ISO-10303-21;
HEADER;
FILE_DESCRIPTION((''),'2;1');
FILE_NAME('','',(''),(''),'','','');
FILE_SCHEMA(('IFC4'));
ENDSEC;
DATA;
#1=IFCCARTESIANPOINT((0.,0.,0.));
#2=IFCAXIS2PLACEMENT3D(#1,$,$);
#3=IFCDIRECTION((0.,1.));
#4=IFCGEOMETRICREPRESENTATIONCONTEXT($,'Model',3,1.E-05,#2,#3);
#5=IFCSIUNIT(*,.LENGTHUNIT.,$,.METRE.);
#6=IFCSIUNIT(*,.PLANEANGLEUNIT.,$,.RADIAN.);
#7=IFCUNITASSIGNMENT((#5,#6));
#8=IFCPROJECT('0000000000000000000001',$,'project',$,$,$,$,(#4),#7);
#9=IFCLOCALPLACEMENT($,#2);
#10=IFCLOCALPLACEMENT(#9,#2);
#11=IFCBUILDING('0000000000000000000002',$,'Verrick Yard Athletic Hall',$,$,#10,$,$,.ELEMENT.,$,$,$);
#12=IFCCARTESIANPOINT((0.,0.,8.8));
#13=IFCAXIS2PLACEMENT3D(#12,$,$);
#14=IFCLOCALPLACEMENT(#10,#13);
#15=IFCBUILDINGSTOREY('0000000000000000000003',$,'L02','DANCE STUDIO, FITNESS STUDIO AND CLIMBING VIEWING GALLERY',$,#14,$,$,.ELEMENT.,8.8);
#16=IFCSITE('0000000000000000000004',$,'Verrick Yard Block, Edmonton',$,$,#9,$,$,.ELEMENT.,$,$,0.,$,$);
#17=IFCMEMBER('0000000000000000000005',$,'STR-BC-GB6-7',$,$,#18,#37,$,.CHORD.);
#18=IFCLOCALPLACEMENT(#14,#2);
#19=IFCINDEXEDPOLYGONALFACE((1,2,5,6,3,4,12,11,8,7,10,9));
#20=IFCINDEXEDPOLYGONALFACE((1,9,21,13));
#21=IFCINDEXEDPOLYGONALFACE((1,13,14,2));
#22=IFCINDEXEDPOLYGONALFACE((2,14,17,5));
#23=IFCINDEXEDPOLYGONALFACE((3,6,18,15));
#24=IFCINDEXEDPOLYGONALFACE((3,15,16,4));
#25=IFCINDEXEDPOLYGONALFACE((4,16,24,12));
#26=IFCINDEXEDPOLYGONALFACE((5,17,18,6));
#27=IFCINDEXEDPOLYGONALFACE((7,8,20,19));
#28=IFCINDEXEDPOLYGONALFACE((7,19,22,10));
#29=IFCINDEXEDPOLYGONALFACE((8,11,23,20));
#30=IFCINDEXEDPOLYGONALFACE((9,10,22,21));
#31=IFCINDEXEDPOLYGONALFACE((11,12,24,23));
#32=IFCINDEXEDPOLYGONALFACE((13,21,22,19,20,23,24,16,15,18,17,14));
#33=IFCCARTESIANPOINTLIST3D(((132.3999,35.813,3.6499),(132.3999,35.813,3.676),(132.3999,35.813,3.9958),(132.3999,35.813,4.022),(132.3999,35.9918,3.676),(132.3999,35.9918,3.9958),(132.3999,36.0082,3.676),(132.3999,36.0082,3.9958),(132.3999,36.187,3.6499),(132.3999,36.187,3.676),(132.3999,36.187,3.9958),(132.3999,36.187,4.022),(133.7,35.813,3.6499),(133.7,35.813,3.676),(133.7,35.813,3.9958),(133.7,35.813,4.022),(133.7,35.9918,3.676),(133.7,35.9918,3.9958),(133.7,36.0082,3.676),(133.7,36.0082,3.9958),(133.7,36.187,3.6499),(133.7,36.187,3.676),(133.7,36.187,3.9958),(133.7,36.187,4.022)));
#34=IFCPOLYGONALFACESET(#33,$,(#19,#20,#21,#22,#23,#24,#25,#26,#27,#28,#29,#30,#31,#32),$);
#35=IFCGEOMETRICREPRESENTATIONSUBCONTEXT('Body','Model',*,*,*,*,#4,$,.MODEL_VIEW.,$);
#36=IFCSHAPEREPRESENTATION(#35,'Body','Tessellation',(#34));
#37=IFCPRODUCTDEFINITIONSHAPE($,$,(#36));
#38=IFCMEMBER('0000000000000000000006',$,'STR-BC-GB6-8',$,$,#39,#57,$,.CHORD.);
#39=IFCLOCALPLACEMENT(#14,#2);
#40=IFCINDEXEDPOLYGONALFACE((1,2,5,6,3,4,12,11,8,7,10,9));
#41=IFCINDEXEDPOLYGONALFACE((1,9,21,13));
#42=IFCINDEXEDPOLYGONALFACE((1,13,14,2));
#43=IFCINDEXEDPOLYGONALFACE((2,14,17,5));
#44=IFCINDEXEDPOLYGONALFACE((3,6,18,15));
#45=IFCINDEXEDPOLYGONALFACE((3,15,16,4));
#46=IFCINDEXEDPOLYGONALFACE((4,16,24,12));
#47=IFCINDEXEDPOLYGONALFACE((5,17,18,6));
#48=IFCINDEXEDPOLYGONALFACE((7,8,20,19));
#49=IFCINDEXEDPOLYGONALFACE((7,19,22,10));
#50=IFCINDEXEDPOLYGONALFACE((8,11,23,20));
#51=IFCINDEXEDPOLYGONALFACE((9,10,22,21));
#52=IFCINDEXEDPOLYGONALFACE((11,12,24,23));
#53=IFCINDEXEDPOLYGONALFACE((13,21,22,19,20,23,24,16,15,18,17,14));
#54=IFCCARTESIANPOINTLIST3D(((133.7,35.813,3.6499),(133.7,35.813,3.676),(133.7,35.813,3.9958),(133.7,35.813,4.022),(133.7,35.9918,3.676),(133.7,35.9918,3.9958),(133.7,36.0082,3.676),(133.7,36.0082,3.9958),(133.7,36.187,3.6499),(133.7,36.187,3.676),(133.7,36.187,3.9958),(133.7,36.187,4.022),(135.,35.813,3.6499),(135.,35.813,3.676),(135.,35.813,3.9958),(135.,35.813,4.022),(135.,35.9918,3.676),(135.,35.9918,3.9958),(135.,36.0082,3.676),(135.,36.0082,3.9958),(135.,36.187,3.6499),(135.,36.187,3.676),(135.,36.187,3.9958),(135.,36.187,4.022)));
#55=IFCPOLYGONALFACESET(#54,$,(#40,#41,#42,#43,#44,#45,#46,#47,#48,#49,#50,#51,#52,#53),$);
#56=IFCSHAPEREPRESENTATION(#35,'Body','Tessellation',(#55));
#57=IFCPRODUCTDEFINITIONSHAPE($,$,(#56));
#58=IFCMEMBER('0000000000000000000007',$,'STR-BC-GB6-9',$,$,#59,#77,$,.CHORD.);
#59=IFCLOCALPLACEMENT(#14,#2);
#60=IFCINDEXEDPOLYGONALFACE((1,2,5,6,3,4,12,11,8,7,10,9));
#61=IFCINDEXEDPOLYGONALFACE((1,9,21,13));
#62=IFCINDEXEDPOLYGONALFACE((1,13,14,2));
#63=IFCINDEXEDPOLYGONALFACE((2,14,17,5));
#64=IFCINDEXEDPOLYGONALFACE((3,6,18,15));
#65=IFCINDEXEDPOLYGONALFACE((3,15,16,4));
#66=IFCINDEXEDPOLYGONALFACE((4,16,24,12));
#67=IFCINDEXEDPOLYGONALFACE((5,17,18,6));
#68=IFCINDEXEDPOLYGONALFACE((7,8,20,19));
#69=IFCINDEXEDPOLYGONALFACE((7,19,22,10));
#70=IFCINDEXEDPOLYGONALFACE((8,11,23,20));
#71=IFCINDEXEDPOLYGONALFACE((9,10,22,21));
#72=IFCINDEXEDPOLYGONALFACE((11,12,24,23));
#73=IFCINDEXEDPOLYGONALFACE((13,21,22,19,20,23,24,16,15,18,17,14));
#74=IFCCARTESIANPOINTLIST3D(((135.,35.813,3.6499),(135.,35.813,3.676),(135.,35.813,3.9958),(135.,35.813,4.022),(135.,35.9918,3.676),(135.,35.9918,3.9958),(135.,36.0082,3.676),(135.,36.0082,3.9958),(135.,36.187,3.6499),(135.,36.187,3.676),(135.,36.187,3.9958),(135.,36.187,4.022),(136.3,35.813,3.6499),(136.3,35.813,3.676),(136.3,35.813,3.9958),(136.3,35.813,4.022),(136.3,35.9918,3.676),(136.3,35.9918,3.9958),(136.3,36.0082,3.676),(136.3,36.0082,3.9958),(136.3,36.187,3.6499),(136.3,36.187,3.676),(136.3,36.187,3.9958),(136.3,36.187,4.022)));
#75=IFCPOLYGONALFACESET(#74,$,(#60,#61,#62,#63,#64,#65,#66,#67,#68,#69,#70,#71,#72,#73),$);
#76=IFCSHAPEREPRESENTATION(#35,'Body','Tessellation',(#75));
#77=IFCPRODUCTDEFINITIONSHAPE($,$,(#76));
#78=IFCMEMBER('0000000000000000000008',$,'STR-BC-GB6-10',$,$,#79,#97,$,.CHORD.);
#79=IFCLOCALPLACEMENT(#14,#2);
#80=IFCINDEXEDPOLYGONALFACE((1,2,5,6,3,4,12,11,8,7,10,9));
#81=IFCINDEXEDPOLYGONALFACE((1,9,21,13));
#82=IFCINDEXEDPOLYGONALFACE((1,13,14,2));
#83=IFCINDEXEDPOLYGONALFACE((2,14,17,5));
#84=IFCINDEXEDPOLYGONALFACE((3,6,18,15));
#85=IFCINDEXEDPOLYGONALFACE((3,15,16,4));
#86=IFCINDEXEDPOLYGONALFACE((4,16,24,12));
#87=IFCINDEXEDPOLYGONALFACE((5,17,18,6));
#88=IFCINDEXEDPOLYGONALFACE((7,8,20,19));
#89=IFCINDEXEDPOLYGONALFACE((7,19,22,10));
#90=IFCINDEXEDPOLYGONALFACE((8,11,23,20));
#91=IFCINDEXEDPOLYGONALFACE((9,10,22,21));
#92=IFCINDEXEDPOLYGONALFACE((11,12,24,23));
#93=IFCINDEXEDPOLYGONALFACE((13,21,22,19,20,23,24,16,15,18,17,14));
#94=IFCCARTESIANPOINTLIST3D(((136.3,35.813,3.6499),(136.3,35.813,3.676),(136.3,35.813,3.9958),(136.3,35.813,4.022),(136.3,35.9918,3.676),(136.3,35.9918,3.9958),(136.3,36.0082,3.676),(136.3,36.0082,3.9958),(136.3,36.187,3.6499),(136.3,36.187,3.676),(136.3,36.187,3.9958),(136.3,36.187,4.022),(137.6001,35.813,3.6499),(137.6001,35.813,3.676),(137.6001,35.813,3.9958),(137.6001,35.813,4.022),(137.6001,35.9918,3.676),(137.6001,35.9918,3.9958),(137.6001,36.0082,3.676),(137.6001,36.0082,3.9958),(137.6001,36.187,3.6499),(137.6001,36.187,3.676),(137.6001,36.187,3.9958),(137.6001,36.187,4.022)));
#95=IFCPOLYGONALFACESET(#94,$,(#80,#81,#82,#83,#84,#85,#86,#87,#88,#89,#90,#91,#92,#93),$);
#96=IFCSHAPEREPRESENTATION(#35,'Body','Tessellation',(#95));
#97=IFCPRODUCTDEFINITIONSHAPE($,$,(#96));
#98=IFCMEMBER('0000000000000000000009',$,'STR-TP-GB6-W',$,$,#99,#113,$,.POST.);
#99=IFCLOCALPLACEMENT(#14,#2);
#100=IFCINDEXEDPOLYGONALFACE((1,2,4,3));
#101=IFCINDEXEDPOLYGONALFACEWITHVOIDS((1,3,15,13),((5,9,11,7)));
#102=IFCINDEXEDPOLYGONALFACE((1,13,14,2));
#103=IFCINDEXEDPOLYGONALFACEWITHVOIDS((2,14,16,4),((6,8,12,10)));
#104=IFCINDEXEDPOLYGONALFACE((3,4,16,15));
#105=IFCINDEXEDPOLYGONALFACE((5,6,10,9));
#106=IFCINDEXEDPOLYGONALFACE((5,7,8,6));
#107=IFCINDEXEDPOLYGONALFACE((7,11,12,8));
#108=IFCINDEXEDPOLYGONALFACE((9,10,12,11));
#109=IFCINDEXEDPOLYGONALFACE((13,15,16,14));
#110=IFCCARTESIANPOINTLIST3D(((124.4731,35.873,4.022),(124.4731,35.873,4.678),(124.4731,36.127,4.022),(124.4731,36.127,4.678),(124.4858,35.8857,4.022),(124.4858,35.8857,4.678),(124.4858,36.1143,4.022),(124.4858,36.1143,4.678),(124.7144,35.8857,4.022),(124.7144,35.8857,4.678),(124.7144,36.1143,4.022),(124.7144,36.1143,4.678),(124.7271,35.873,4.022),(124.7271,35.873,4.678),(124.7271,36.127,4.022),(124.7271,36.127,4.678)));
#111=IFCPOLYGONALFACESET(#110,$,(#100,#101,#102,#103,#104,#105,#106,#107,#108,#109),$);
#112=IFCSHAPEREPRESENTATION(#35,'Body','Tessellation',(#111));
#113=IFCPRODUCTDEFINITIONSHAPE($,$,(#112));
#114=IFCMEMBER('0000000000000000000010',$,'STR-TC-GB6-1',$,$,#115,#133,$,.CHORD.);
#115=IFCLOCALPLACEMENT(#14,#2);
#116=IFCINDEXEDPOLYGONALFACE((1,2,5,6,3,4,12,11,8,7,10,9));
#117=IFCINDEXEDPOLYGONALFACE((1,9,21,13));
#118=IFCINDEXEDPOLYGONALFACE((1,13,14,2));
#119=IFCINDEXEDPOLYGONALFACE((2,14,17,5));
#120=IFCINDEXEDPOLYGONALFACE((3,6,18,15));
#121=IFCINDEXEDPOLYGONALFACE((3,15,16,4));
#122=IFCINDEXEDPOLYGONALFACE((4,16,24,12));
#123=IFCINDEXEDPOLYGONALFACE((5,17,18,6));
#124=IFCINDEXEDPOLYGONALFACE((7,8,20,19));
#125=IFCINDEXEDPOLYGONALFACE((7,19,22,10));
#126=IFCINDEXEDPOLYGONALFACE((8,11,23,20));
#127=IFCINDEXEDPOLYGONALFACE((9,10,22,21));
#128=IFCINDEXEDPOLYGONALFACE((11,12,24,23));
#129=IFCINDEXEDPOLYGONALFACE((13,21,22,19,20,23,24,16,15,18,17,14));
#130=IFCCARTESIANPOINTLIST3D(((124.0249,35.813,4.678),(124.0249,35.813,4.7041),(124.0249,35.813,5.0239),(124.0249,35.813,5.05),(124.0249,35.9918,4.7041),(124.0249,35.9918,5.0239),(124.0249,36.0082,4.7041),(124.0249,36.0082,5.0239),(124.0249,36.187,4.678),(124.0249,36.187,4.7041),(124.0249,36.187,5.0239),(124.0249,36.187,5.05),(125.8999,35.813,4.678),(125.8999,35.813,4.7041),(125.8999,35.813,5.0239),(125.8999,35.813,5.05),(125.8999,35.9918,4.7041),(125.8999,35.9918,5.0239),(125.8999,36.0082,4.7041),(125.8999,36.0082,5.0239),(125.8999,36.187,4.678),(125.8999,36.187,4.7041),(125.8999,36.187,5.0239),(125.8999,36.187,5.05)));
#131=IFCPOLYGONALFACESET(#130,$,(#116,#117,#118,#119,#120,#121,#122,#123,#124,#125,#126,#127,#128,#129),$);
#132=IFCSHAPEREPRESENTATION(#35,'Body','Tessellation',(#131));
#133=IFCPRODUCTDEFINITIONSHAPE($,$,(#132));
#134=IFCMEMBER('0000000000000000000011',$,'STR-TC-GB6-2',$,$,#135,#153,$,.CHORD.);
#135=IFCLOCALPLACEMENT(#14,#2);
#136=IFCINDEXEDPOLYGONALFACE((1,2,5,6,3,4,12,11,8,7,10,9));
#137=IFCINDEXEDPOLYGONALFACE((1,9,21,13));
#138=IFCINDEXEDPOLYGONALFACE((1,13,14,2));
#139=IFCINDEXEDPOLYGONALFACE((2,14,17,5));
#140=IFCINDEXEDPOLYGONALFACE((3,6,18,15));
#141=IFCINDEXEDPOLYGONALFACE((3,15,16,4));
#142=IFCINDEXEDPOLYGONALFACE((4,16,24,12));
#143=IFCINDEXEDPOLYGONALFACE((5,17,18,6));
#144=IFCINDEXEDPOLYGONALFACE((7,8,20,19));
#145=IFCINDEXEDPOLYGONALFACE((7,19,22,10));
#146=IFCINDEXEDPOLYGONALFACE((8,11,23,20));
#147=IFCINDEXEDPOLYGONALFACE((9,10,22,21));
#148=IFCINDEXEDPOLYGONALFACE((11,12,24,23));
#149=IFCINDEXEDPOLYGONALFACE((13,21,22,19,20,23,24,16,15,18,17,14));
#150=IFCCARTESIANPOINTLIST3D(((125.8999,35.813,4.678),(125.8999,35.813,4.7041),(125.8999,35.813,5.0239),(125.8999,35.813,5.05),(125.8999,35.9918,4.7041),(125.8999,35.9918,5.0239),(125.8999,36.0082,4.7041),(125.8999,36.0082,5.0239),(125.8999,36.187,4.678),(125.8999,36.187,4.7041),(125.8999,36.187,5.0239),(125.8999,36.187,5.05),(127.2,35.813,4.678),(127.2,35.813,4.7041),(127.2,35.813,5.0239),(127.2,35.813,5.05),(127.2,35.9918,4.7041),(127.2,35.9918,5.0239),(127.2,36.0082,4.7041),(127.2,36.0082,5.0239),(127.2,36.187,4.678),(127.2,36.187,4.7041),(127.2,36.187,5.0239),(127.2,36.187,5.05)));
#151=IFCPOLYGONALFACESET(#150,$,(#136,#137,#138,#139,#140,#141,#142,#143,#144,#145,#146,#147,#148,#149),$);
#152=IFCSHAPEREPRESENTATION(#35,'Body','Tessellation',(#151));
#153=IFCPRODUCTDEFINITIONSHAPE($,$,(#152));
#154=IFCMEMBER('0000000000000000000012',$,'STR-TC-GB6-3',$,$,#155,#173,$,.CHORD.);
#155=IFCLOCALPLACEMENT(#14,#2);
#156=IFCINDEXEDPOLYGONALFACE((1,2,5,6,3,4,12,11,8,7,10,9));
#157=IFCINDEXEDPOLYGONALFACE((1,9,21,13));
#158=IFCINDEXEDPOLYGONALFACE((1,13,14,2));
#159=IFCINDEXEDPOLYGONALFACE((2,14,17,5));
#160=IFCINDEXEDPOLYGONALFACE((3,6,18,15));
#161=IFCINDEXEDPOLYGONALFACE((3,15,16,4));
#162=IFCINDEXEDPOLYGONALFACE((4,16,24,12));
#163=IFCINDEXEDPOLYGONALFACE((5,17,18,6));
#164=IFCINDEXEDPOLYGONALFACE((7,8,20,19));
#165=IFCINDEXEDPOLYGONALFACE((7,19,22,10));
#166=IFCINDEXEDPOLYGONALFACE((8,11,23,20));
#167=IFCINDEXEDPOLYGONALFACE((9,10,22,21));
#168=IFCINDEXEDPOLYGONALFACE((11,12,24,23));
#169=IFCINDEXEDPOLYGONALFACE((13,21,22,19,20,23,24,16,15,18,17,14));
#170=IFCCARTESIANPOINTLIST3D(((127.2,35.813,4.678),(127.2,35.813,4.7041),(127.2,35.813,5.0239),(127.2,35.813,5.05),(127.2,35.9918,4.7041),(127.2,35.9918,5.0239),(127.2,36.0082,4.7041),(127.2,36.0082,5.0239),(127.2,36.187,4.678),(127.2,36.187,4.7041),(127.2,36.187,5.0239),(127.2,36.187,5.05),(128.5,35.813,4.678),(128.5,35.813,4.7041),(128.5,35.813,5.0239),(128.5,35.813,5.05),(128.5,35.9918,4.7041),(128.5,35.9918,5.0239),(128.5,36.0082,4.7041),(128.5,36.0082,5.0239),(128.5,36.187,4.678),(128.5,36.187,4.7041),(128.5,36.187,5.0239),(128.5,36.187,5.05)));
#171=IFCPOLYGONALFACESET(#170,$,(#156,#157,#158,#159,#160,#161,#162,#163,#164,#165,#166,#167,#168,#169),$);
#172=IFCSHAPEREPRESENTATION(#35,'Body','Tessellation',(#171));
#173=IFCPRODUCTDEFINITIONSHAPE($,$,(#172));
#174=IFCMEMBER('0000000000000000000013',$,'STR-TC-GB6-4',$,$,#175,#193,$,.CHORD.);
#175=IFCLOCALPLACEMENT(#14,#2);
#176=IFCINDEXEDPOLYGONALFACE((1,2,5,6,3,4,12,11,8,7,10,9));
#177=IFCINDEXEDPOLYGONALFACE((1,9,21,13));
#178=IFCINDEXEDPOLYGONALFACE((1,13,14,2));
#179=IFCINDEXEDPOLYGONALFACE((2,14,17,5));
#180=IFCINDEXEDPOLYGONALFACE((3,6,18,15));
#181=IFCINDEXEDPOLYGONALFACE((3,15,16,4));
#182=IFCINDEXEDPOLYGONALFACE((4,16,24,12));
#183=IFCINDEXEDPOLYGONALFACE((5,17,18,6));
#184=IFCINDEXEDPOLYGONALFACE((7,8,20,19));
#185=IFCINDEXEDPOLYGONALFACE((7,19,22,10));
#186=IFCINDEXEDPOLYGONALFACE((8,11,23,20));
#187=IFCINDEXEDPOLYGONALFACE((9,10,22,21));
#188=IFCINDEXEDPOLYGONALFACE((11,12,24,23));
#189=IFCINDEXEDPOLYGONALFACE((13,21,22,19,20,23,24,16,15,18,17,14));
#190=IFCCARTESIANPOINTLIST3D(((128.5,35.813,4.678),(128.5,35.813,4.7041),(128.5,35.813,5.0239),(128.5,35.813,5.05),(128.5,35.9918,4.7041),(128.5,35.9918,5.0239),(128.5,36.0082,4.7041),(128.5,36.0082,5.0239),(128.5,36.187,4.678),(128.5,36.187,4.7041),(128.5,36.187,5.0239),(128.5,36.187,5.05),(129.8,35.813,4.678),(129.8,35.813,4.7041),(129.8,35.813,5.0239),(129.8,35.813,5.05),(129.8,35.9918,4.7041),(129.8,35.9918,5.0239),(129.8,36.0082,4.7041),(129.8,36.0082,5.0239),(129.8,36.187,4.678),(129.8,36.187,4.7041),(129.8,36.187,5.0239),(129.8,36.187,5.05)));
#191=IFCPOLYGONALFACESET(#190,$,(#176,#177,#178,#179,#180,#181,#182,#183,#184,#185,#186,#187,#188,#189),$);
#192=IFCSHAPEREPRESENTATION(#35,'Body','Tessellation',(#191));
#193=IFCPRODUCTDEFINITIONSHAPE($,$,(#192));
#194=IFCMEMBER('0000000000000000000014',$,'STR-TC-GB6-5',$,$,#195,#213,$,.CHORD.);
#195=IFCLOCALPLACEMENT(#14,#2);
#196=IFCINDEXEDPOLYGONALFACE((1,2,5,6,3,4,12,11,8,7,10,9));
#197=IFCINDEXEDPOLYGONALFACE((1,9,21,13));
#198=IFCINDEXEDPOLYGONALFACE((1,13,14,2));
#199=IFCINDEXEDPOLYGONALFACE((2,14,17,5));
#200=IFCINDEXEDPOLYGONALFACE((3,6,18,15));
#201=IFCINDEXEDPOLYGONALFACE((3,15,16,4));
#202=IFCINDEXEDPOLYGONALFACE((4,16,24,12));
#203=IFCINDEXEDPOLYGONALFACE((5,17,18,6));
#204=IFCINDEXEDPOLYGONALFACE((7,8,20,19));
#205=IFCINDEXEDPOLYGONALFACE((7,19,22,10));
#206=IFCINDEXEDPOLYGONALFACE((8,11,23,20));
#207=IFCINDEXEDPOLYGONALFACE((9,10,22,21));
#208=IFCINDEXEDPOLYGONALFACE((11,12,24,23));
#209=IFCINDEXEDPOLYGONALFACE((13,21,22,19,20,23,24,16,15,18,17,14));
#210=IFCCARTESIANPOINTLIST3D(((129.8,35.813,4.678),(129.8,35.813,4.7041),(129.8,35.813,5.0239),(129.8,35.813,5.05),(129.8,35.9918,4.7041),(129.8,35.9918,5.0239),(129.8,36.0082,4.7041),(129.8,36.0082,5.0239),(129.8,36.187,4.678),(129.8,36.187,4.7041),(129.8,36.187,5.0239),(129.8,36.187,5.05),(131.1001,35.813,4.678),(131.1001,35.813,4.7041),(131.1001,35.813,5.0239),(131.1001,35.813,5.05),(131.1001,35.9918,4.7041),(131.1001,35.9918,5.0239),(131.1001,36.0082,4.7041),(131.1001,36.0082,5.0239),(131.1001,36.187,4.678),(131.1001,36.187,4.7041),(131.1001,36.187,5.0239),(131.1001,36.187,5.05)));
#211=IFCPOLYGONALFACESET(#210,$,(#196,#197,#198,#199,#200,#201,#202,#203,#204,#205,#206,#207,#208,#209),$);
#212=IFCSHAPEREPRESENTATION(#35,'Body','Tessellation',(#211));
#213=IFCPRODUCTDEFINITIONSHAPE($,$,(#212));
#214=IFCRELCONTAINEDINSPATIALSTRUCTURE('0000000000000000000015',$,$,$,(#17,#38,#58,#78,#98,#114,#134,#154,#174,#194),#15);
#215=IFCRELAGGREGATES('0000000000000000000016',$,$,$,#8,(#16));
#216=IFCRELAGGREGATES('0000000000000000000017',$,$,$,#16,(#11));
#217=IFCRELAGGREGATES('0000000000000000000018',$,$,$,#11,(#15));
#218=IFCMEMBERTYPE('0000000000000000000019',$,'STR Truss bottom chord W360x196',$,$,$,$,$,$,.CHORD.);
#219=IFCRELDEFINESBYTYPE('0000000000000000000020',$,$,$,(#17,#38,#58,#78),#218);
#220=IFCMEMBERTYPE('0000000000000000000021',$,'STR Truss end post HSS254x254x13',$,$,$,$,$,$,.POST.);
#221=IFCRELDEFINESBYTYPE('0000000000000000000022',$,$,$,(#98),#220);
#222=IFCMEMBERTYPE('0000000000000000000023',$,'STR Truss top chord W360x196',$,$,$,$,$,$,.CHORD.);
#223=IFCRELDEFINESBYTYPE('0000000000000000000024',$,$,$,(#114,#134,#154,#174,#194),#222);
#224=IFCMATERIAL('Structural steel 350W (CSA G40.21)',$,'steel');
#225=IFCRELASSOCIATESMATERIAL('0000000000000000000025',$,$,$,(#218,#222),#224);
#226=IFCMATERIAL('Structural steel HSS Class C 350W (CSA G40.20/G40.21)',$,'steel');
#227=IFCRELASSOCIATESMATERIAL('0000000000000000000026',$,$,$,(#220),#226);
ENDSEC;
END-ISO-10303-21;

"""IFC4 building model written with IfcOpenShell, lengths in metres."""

from ifc_helpers import new_model, si_unit, direction, frame, origin, origin_2d, place, context, subcontext, project, spatial, hollow_rectangle, i_section, extrude, material, material_profile, profile_set, type_object, element, save


model = new_model("IFC4")

# Units and contexts
model_context = context("Model", 3, precision=1e-05, world=origin(), true_north=direction((0.0, 1.0)))
body_context = subcontext(model_context, "Body", "Model", "MODEL_VIEW")
ifc_project = project(units=[si_unit("LENGTHUNIT", "METRE"), si_unit("PLANEANGLEUNIT", "RADIAN")], contexts=[model_context])

# Site, building, storey
site_placement = place(None, origin())
site = spatial("IfcSite", under=ifc_project, at=site_placement, Name="Verrick Yard Block, Edmonton", CompositionType="ELEMENT", RefElevation=0.0)
building_placement = place(site_placement, origin())
building = spatial("IfcBuilding", under=site, at=building_placement, Name="Verrick Yard Athletic Hall", CompositionType="ELEMENT")
storey_placement = place(building_placement, frame((0.0, 0.0, 8.8)))
storey = spatial("IfcBuildingStorey", under=building, at=storey_placement, Name="L02", Description="DANCE STUDIO, FITNESS STUDIO AND CLIMBING VIEWING GALLERY", CompositionType="ELEMENT", Elevation=8.8)

# Shared definitions
ifc_material_1 = material(Name="Structural steel 350W (CSA G40.21)", Category="steel")

# Members
ifc_material_profile_1 = material_profile(ifc_material_1, i_section(OverallWidth=0.374, OverallDepth=0.3721, WebThickness=0.0164, FlangeThickness=0.0261, at=origin_2d()), Name="W360x196")
ifc_profile_set_1 = profile_set([ifc_material_profile_1], Name="Structural steel 350W (CSA G40.21)")
member_type_1 = type_object("IfcMemberType", Name="STR Truss bottom chord W360x196", PredefinedType="CHORD", material=ifc_profile_set_1)
for number, where, z_axis, x_axis, name in (
    (1, (132.3999, 36.0, 3.8359), (1.0, 0.0, 0.0), (0.0, 1.0, 0.0), "STR-BC-GB6-7"),
    (2, (133.7, 36.0, 3.8359), (1.0, 0.0, 0.0), (0.0, 1.0, 0.0), "STR-BC-GB6-8"),
    (3, (135.0, 36.0, 3.8359), (1.0, 0.0, 0.0), (0.0, 1.0, 0.0), "STR-BC-GB6-9"),
    (4, (136.3, 36.0, 3.8359), (1.0, 0.0, 0.0), (0.0, 1.0, 0.0), "STR-BC-GB6-10"),
):
    element("IfcMember", number, at=place(storey_placement, frame(where, z_axis=z_axis, x_axis=x_axis)), inside=storey, type_object=member_type_1, Name=name, PredefinedType="CHORD", context=body_context, shape_type="SweptSolid", body=[
        extrude(i_section(OverallWidth=0.374, OverallDepth=0.3721, WebThickness=0.0164, FlangeThickness=0.0261, at=origin_2d()), origin(), (0.0, 0.0, 1.0), 1.3),
    ])
ifc_material_2 = material(Name="Structural steel HSS Class C 350W (CSA G40.20/G40.21)", Category="steel")
ifc_material_profile_2 = material_profile(ifc_material_2, hollow_rectangle(XDim=0.2539, YDim=0.2539, WallThickness=0.0127, at=origin_2d()), Name="HSS254x254x13")
ifc_profile_set_2 = profile_set([ifc_material_profile_2], Name="Structural steel HSS Class C 350W (CSA G40.20/G40.21)")
member_type_2 = type_object("IfcMemberType", Name="STR Truss end post HSS254x254x13", PredefinedType="POST", material=ifc_profile_set_2)
member_1_placement = place(storey_placement, frame((124.6001, 36.0, 4.022), z_axis=(0.0, 0.0, 1.0), x_axis=(1.0, 0.0, 0.0)))
element("IfcMember", 5, at=member_1_placement, inside=storey, type_object=member_type_2, Name="STR-TP-GB6-W", PredefinedType="POST", context=body_context, shape_type="SweptSolid", body=[
    extrude(hollow_rectangle(XDim=0.2539, YDim=0.2539, WallThickness=0.0127, at=origin_2d()), origin(), (0.0, 0.0, 1.0), 0.656),
])
ifc_material_profile_3 = material_profile(ifc_material_1, i_section(OverallWidth=0.374, OverallDepth=0.3721, WebThickness=0.0164, FlangeThickness=0.0261, at=origin_2d()), Name="W360x196")
ifc_profile_set_3 = profile_set([ifc_material_profile_3], Name="Structural steel 350W (CSA G40.21)")
member_type_3 = type_object("IfcMemberType", Name="STR Truss top chord W360x196", PredefinedType="CHORD", material=ifc_profile_set_3)
member_2_placement = place(storey_placement, frame((124.0249, 36.0, 4.864), z_axis=(1.0, 0.0, 0.0), x_axis=(0.0, 1.0, 0.0)))
element("IfcMember", 6, at=member_2_placement, inside=storey, type_object=member_type_3, Name="STR-TC-GB6-1", PredefinedType="CHORD", context=body_context, shape_type="SweptSolid", body=[
    extrude(i_section(OverallWidth=0.374, OverallDepth=0.3721, WebThickness=0.0164, FlangeThickness=0.0261, at=origin_2d()), origin(), (0.0, 0.0, 1.0), 1.875),
])
for number, where, z_axis, x_axis, name in (
    (7, (125.8999, 36.0, 4.864), (1.0, 0.0, 0.0), (0.0, 1.0, 0.0), "STR-TC-GB6-2"),
    (8, (127.2, 36.0, 4.864), (1.0, 0.0, 0.0), (0.0, 1.0, 0.0), "STR-TC-GB6-3"),
    (9, (128.5, 36.0, 4.864), (1.0, 0.0, 0.0), (0.0, 1.0, 0.0), "STR-TC-GB6-4"),
    (10, (129.8, 36.0, 4.864), (1.0, 0.0, 0.0), (0.0, 1.0, 0.0), "STR-TC-GB6-5"),
):
    element("IfcMember", number, at=place(storey_placement, frame(where, z_axis=z_axis, x_axis=x_axis)), inside=storey, type_object=member_type_3, Name=name, PredefinedType="CHORD", context=body_context, shape_type="SweptSolid", body=[
        extrude(i_section(OverallWidth=0.374, OverallDepth=0.3721, WebThickness=0.0164, FlangeThickness=0.0261, at=origin_2d()), origin(), (0.0, 0.0, 1.0), 1.3),
    ])

save(model, "model.ifc")
